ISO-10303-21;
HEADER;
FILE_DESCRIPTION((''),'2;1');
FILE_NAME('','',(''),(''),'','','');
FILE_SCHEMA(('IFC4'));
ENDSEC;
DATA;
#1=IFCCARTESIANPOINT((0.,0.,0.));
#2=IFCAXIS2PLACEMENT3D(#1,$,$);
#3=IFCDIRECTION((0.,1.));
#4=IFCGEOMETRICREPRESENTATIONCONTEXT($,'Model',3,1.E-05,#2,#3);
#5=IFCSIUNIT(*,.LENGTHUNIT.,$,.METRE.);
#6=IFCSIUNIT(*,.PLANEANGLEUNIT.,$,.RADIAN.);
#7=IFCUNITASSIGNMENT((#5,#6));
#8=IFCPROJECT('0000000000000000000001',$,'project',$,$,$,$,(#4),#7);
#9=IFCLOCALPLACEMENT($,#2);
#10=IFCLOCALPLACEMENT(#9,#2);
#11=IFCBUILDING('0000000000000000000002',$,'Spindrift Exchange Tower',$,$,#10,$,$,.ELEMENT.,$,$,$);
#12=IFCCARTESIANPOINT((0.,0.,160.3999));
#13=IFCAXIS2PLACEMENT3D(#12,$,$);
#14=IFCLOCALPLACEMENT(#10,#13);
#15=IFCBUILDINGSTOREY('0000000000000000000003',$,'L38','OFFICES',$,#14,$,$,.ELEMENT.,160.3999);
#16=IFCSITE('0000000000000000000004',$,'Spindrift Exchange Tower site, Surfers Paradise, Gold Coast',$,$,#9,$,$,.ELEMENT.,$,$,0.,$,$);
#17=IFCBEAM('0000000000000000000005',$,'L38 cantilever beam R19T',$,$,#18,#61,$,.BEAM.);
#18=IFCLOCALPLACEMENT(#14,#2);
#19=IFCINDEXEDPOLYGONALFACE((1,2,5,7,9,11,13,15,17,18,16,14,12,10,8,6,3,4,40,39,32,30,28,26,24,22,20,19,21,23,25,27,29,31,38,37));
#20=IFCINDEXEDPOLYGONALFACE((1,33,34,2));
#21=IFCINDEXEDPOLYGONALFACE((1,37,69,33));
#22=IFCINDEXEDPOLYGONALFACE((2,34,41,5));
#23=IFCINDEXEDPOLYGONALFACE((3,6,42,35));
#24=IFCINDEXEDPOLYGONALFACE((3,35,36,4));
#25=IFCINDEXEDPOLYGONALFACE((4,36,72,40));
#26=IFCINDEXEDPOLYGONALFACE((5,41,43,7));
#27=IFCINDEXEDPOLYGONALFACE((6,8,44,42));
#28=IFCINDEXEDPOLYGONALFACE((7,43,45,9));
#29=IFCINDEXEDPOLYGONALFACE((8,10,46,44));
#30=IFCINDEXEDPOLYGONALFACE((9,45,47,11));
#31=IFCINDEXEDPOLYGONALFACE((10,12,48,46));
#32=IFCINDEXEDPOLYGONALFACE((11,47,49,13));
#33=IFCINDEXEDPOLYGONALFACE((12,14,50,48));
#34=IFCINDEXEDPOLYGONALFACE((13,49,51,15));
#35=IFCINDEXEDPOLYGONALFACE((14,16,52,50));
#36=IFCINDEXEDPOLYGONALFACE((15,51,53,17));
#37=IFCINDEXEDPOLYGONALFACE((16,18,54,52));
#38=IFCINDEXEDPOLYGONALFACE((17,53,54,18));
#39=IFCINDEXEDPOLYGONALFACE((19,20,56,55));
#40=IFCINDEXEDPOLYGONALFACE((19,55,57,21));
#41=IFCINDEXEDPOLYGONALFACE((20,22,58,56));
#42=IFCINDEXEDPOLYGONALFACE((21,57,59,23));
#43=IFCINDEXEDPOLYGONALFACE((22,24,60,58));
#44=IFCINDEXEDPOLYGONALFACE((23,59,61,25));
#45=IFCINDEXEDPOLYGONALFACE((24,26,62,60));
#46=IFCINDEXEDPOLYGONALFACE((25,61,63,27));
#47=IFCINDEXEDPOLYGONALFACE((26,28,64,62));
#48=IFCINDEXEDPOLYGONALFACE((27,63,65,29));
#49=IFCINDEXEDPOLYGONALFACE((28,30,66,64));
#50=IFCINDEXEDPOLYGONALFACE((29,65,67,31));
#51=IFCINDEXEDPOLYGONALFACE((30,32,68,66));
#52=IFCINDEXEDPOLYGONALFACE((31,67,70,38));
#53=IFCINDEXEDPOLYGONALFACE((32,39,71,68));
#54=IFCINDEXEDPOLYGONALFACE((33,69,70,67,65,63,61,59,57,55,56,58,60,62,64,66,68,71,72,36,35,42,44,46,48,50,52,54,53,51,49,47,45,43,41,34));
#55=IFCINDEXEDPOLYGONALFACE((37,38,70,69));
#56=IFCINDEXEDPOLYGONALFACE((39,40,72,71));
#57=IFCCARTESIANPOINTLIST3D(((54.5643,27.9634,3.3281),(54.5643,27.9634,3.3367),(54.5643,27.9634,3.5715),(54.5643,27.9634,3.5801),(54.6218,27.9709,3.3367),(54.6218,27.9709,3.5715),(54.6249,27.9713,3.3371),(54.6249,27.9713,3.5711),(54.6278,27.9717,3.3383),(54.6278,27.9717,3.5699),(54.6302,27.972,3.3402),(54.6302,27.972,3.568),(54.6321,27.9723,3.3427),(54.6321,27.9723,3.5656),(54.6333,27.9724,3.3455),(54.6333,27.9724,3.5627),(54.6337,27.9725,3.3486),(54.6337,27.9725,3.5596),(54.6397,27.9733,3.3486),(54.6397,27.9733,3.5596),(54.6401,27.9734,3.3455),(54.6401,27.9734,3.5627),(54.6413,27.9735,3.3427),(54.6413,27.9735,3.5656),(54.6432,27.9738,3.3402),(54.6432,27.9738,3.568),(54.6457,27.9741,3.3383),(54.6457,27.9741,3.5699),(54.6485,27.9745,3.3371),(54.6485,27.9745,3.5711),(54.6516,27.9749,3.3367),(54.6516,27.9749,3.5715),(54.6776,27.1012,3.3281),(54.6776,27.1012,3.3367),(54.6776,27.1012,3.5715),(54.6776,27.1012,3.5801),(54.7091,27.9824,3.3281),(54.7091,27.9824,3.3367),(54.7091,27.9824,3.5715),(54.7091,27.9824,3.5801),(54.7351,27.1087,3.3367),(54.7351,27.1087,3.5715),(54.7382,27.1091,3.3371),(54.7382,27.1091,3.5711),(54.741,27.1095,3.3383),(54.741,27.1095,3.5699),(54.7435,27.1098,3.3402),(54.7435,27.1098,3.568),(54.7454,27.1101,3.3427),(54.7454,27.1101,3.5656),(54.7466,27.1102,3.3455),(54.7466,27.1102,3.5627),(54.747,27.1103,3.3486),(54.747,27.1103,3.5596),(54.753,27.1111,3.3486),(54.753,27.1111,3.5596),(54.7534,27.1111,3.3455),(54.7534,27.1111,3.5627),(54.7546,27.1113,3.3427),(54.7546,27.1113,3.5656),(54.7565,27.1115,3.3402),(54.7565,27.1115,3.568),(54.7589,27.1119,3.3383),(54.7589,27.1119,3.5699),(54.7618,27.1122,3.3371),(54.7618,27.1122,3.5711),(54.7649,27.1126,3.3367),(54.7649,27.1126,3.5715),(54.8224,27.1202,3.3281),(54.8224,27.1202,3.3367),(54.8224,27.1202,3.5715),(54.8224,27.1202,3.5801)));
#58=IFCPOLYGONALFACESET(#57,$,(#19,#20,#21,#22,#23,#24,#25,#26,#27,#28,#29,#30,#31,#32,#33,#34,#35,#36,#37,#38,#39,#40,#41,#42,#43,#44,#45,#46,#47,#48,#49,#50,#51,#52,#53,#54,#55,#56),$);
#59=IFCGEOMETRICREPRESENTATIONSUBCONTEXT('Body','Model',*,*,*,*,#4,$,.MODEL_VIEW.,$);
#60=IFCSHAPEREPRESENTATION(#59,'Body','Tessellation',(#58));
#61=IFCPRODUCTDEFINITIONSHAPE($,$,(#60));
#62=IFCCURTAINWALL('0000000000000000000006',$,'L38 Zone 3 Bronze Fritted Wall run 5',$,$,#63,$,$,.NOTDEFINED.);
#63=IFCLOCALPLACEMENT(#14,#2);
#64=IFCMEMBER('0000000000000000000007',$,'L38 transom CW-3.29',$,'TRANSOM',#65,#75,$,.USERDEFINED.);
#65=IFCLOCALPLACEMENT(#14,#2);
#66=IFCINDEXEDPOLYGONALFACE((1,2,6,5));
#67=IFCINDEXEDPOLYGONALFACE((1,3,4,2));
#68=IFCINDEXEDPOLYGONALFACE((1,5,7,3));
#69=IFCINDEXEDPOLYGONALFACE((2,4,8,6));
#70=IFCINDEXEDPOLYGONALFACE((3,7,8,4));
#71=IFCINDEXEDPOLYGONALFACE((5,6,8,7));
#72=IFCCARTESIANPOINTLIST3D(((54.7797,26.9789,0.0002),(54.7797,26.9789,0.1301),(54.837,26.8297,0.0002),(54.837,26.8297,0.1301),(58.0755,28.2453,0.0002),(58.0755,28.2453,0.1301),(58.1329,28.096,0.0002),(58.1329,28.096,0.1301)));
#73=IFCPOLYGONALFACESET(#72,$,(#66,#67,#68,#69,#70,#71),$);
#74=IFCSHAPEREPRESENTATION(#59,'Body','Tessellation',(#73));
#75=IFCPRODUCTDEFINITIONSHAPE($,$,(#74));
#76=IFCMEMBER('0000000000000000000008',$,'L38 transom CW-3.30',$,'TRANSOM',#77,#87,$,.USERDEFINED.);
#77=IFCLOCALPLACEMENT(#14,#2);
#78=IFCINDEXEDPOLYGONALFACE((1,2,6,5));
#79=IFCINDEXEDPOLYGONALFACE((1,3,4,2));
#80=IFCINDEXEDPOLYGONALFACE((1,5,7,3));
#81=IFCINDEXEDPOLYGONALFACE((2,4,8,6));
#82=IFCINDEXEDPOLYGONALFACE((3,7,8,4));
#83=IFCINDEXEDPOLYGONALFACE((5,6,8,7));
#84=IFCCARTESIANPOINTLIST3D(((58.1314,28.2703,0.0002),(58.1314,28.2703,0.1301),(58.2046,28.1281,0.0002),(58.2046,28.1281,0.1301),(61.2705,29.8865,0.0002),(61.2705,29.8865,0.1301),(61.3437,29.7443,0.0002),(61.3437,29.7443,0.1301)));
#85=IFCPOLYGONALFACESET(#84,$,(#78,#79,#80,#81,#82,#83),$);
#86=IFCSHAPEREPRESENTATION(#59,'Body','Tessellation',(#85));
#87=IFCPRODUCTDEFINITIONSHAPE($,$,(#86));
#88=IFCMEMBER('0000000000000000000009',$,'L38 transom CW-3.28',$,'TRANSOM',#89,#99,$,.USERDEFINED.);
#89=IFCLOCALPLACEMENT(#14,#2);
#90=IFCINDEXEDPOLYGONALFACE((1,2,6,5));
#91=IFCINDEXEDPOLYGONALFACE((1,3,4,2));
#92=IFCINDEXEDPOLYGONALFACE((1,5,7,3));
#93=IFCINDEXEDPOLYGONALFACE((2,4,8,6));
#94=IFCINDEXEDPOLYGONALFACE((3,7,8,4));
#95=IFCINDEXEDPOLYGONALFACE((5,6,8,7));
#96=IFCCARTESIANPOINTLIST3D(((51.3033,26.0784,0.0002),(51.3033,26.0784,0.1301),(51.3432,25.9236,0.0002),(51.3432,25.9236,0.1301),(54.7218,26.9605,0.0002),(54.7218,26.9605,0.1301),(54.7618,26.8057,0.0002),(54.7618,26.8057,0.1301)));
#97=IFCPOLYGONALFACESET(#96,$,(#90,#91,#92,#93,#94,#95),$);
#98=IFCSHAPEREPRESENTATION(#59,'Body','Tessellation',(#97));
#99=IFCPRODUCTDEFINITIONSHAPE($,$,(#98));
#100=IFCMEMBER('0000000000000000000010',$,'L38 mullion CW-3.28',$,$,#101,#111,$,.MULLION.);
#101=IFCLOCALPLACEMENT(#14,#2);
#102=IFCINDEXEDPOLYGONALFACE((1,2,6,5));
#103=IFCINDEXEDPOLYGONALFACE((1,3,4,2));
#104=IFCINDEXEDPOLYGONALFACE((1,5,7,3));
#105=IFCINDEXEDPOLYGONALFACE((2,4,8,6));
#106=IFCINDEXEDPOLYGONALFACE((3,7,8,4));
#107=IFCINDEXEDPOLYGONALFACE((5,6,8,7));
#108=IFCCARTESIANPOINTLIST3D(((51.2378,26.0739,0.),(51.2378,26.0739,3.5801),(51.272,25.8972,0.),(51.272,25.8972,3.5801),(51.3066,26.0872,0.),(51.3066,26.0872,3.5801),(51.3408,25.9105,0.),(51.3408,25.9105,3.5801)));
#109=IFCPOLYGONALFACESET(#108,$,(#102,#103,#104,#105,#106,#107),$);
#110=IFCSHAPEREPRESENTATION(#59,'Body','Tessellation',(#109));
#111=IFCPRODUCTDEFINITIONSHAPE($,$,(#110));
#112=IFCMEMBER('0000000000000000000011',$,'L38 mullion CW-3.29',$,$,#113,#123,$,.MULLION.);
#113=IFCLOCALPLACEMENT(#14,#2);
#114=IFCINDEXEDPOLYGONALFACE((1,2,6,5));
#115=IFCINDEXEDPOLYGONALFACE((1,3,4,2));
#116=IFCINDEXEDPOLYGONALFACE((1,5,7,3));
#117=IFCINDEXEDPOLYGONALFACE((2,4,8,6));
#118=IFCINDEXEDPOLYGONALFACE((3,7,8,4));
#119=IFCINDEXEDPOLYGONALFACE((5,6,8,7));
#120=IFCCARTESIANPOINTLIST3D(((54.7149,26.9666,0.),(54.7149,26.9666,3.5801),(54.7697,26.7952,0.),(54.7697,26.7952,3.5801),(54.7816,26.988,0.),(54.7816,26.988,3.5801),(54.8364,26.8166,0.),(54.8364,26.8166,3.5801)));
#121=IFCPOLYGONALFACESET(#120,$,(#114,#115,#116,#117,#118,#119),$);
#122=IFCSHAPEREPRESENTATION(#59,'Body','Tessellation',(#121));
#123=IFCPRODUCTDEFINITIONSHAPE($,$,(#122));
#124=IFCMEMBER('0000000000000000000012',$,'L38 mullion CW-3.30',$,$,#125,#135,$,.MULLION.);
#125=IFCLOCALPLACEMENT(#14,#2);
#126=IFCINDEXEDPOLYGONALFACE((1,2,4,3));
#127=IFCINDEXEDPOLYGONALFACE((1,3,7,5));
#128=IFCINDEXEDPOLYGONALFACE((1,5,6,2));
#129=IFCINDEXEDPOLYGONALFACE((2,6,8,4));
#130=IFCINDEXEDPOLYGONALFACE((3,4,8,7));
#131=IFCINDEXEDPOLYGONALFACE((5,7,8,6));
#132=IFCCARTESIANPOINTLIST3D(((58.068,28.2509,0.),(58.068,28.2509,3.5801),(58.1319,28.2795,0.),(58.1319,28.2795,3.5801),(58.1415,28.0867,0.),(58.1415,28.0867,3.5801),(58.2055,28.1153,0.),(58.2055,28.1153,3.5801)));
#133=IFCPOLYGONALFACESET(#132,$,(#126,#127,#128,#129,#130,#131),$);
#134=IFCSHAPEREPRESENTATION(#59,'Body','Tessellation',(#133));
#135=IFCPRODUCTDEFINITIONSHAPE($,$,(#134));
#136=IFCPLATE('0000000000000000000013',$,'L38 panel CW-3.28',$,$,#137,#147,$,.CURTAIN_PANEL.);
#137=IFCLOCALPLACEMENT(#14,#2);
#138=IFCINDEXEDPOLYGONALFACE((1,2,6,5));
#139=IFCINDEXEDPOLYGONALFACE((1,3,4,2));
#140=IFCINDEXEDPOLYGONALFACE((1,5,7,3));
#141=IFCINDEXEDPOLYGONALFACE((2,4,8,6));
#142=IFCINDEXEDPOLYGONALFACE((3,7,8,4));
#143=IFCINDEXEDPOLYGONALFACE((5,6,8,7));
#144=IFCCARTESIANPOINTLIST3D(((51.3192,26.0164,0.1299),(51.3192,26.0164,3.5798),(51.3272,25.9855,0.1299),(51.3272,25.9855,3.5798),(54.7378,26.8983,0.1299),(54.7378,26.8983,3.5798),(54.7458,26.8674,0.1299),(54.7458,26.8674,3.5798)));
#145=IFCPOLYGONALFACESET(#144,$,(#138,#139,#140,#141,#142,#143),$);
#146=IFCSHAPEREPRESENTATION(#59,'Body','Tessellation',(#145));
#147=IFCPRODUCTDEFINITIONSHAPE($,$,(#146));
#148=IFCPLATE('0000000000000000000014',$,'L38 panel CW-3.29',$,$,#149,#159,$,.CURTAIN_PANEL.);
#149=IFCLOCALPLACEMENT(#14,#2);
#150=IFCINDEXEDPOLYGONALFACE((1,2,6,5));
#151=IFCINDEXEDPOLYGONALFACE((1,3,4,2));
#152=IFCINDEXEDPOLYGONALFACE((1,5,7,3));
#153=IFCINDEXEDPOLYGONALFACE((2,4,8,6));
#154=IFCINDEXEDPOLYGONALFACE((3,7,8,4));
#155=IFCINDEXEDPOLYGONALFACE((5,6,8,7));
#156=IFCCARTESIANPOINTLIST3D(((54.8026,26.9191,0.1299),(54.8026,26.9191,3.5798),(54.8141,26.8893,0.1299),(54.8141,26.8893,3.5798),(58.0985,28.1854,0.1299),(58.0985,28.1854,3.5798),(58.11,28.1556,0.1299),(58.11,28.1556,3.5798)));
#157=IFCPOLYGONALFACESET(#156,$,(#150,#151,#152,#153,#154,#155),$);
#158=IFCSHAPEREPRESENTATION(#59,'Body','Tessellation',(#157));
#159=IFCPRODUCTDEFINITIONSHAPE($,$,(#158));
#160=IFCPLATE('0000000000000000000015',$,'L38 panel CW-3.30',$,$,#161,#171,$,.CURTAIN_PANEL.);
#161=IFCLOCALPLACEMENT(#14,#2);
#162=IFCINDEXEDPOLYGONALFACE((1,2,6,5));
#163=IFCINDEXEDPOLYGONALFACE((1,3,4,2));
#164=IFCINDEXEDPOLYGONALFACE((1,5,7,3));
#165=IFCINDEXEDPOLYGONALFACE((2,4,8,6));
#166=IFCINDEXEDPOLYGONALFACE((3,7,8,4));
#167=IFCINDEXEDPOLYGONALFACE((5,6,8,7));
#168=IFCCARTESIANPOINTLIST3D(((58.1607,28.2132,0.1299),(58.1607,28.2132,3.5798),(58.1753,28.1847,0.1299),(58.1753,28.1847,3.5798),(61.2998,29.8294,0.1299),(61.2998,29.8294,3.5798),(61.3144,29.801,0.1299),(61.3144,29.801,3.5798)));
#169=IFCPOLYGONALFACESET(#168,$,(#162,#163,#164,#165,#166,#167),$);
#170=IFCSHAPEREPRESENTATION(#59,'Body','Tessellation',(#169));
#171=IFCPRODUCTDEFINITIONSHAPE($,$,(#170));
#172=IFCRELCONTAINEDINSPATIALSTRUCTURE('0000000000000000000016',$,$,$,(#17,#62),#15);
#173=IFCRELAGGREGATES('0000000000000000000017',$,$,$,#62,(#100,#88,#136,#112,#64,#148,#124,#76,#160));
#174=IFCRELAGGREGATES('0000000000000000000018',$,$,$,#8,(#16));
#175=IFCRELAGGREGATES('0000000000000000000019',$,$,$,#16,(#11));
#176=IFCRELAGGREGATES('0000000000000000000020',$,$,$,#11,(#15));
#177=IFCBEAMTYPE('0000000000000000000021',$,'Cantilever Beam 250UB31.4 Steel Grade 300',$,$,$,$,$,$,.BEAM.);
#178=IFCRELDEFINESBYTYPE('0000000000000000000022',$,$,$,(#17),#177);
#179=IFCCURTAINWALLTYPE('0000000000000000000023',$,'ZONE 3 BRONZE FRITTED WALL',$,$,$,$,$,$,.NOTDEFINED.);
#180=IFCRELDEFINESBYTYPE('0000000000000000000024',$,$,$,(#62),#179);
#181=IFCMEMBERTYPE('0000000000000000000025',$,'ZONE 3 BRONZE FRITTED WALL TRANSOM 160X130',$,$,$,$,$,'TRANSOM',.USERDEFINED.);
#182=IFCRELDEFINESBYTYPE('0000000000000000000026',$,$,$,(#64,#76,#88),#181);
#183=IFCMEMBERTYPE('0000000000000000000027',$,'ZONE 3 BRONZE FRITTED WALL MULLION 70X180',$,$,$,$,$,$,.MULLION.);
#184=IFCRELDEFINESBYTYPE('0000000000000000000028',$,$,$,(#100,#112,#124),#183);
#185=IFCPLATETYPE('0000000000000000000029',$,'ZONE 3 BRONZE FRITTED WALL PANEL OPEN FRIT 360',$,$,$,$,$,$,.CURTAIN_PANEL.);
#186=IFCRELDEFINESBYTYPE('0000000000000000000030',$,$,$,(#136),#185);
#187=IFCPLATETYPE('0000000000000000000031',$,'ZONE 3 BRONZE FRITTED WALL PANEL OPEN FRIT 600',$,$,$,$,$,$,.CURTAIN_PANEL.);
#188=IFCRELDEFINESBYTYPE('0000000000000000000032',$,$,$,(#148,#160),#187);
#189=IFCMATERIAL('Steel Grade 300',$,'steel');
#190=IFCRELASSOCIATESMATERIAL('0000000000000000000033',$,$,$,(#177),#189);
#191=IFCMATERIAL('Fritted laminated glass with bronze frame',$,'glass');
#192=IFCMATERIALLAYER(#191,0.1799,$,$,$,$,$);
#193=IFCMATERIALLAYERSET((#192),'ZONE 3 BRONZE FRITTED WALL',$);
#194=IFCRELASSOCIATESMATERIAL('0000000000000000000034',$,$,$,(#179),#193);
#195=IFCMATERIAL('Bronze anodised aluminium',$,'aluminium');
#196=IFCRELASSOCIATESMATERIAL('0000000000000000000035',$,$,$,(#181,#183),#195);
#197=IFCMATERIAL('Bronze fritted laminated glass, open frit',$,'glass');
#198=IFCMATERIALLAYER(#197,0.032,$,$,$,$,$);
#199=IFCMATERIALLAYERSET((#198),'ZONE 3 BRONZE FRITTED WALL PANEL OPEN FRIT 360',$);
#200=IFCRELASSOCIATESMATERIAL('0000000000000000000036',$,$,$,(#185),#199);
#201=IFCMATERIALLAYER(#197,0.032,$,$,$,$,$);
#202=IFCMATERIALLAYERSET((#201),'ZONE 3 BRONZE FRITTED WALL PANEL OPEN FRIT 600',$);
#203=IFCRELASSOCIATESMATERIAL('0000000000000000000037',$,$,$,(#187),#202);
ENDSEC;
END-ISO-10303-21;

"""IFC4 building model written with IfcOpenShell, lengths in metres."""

from ifc_helpers import new_model, si_unit, direction, frame, origin, origin_2d, place, context, subcontext, project, spatial, rectangle, i_section, extrude, source, transform, mapped, material, layer, layer_set, material_profile, profile_set, type_object, element, aggregate, save


model = new_model("IFC4")

# Units and contexts
model_context = context("Model", 3, precision=1e-05, world=origin(), true_north=direction((0.0, 1.0)))
body_context = subcontext(model_context, "Body", "Model", "MODEL_VIEW")
ifc_project = project(units=[si_unit("LENGTHUNIT", "METRE"), si_unit("PLANEANGLEUNIT", "RADIAN")], contexts=[model_context])

# Site, building, storey
site_placement = place(None, origin())
site = spatial("IfcSite", under=ifc_project, at=site_placement, Name="Spindrift Exchange Tower site, Surfers Paradise, Gold Coast", CompositionType="ELEMENT", RefElevation=0.0)
building_placement = place(site_placement, origin())
building = spatial("IfcBuilding", under=site, at=building_placement, Name="Spindrift Exchange Tower", CompositionType="ELEMENT")
storey_placement = place(building_placement, frame((0.0, 0.0, 160.3999)))
storey = spatial("IfcBuildingStorey", under=building, at=storey_placement, Name="L38", Description="OFFICES", CompositionType="ELEMENT", Elevation=160.3999)

# Beam
ifc_material_1 = material(Name="Steel Grade 300", Category="steel")
ifc_material_profile_1 = material_profile(ifc_material_1, i_section(OverallWidth=0.146, OverallDepth=0.252, WebThickness=0.0061, FlangeThickness=0.0085, FilletRadius=0.012, at=origin_2d()), Name="250UB31.4")
ifc_profile_set_1 = profile_set([ifc_material_profile_1], Name="Steel Grade 300")
beam_type_1 = type_object("IfcBeamType", Name="Cantilever Beam 250UB31.4 Steel Grade 300", PredefinedType="BEAM", material=ifc_profile_set_1)
shared_shape_1 = source(origin(), body_context, "Body", "SweptSolid", [
    extrude(i_section(OverallWidth=0.146, OverallDepth=0.252, WebThickness=0.0061, FlangeThickness=0.0085, FilletRadius=0.012, at=origin_2d()), origin(), (0.0, 0.0, 1.0), 0.8696),
])
beam_1_placement = place(storey_placement, frame((54.6367, 27.9729, 3.4541), z_axis=(0.130251, -0.991481, 0.0), x_axis=(0.991481, 0.130251, 0.0)))
element("IfcBeam", 1, at=beam_1_placement, inside=storey, type_object=beam_type_1, Name="L38 cantilever beam R19T", PredefinedType="BEAM", context=body_context, shape_type="MappedRepresentation", body=[
    mapped(shared_shape_1, transform((0.0, 0.0, 0.0), scale=1.0)),
])

# Curtain wall, members, plates
ifc_material_2 = material(Name="Fritted laminated glass with bronze frame", Category="glass")
ifc_layer_1 = layer(ifc_material_2, 0.1799)
ifc_layer_set_1 = layer_set([ifc_layer_1], Name="ZONE 3 BRONZE FRITTED WALL")
curtain_wall_type = type_object("IfcCurtainWallType", Name="ZONE 3 BRONZE FRITTED WALL", PredefinedType="NOTDEFINED", material=ifc_layer_set_1)
curtain_wall_placement = place(storey_placement, origin())
curtain_wall = element("IfcCurtainWall", 2, at=curtain_wall_placement, inside=storey, type_object=curtain_wall_type, Name="L38 Zone 3 Bronze Fritted Wall run 5", PredefinedType="NOTDEFINED")
ifc_material_3 = material(Name="Bronze anodised aluminium", Category="aluminium")
ifc_material_profile_2 = material_profile(ifc_material_3, rectangle(XDim=0.1599, YDim=0.1299, at=origin_2d()), Name="ZONE 3 BRONZE FRITTED WALL TRANSOM 160X130")
ifc_profile_set_2 = profile_set([ifc_material_profile_2], Name="Bronze anodised aluminium")
member_type_1 = type_object("IfcMemberType", Name="ZONE 3 BRONZE FRITTED WALL TRANSOM 160X130", ElementType="TRANSOM", PredefinedType="USERDEFINED", material=ifc_profile_set_2)
shared_shape_2 = source(origin(), body_context, "Body", "SweptSolid", [
    extrude(rectangle(XDim=0.1599, YDim=0.1299, at=origin_2d()), origin(), (0.0, 0.0, 1.0), 3.5308),
])
member_1_placement = place(storey_placement, frame((54.8083, 26.9043, 0.0652), z_axis=(0.933469, 0.358659, 0.0), x_axis=(-0.358659, 0.933469, 0.0)))
member_1 = element("IfcMember", 3, at=member_1_placement, type_object=member_type_1, Name="L38 transom CW-3.29", ObjectType="TRANSOM", PredefinedType="USERDEFINED", context=body_context, shape_type="MappedRepresentation", body=[
    mapped(shared_shape_2, transform((0.0, 0.0, 0.0), scale=1.0)),
])
member_2_placement = place(storey_placement, frame((58.168, 28.1992, 0.0652), z_axis=(0.889082, 0.457748, 0.0), x_axis=(-0.457748, 0.889082, 0.0)))
member_2 = element("IfcMember", 4, at=member_2_placement, type_object=member_type_1, Name="L38 transom CW-3.30", ObjectType="TRANSOM", PredefinedType="USERDEFINED", context=body_context, shape_type="MappedRepresentation", body=[
    mapped(shared_shape_2, transform((0.0, 0.0, 0.0), scale=1.0)),
])
shared_shape_3 = source(origin(), body_context, "Body", "SweptSolid", [
    extrude(rectangle(XDim=0.1599, YDim=0.1299, at=origin_2d()), origin(), (0.0, 0.0, 1.0), 3.5305),
])
member_3_placement = place(storey_placement, frame((51.3232, 26.001, 0.0652), z_axis=(0.968284, 0.249851, 0.0), x_axis=(-0.249851, 0.968284, 0.0)))
member_3 = element("IfcMember", 5, at=member_3_placement, type_object=member_type_1, Name="L38 transom CW-3.28", ObjectType="TRANSOM", PredefinedType="USERDEFINED", context=body_context, shape_type="MappedRepresentation", body=[
    mapped(shared_shape_3, transform((0.0, 0.0, 0.0), scale=1.0)),
])
ifc_material_profile_3 = material_profile(ifc_material_3, rectangle(XDim=0.0701, YDim=0.1799, at=origin_2d()), Name="ZONE 3 BRONZE FRITTED WALL MULLION 70X180")
ifc_profile_set_3 = profile_set([ifc_material_profile_3], Name="Bronze anodised aluminium")
member_type_2 = type_object("IfcMemberType", Name="ZONE 3 BRONZE FRITTED WALL MULLION 70X180", PredefinedType="MULLION", material=ifc_profile_set_3)
shared_shape_4 = source(origin(), body_context, "Body", "SweptSolid", [
    extrude(rectangle(XDim=0.0701, YDim=0.1799, at=origin_2d()), origin(), (0.0, 0.0, 1.0), 3.5801),
])
member_4_placement = place(storey_placement, frame((51.2893, 25.9922, 0.0), z_axis=(0.0, 0.0, 1.0), x_axis=(0.981831, 0.189758, 0.0)))
member_4 = element("IfcMember", 6, at=member_4_placement, type_object=member_type_2, Name="L38 mullion CW-3.28", PredefinedType="MULLION", context=body_context, shape_type="MappedRepresentation", body=[
    mapped(shared_shape_4, transform((0.0, 0.0, 0.0), scale=1.0)),
])
member_5_placement = place(storey_placement, frame((54.7756, 26.8916, 0.0), z_axis=(0.0, 0.0, 1.0), x_axis=(0.952441, 0.304724, 0.0)))
member_5 = element("IfcMember", 7, at=member_5_placement, type_object=member_type_2, Name="L38 mullion CW-3.29", PredefinedType="MULLION", context=body_context, shape_type="MappedRepresentation", body=[
    mapped(shared_shape_4, transform((0.0, 0.0, 0.0), scale=1.0)),
])
member_6_placement = place(storey_placement, frame((58.1367, 28.1831, 0.0), z_axis=(0.0, 0.0, 1.0), x_axis=(0.912619, 0.40881, 0.0)))
member_6 = element("IfcMember", 8, at=member_6_placement, type_object=member_type_2, Name="L38 mullion CW-3.30", PredefinedType="MULLION", context=body_context, shape_type="MappedRepresentation", body=[
    mapped(shared_shape_4, transform((0.0, 0.0, 0.0), scale=1.0)),
])
ifc_material_4 = material(Name="Bronze fritted laminated glass, open frit", Category="glass")
ifc_layer_2 = layer(ifc_material_4, 0.032)
ifc_layer_set_2 = layer_set([ifc_layer_2], Name="ZONE 3 BRONZE FRITTED WALL PANEL OPEN FRIT 360")
plate_type_1 = type_object("IfcPlateType", Name="ZONE 3 BRONZE FRITTED WALL PANEL OPEN FRIT 360", PredefinedType="CURTAIN_PANEL", material=ifc_layer_set_2)
shared_shape_5 = source(origin(), body_context, "Body", "SweptSolid", [
    extrude(rectangle(XDim=3.5305, YDim=0.032, at=origin_2d()), origin(), (0.0, 0.0, 1.0), 3.45),
])
plate_1_placement = place(storey_placement, frame((53.0325, 26.4419, 0.1299), z_axis=(0.0, 0.0, 1.0), x_axis=(0.968299, 0.249795, 0.0)))
plate_1 = element("IfcPlate", 9, at=plate_1_placement, type_object=plate_type_1, Name="L38 panel CW-3.28", PredefinedType="CURTAIN_PANEL", context=body_context, shape_type="MappedRepresentation", body=[
    mapped(shared_shape_5, transform((0.0, 0.0, 0.0), scale=1.0)),
])
ifc_layer_3 = layer(ifc_material_4, 0.032)
ifc_layer_set_3 = layer_set([ifc_layer_3], Name="ZONE 3 BRONZE FRITTED WALL PANEL OPEN FRIT 600")
plate_type_2 = type_object("IfcPlateType", Name="ZONE 3 BRONZE FRITTED WALL PANEL OPEN FRIT 600", PredefinedType="CURTAIN_PANEL", material=ifc_layer_set_3)
shared_shape_6 = source(origin(), body_context, "Body", "SweptSolid", [
    extrude(rectangle(XDim=3.5308, YDim=0.032, at=origin_2d()), origin(), (0.0, 0.0, 1.0), 3.45),
])
plate_2_placement = place(storey_placement, frame((56.4563, 27.5374, 0.1299), z_axis=(0.0, 0.0, 1.0), x_axis=(0.93347, 0.358656, 0.0)))
plate_2 = element("IfcPlate", 10, at=plate_2_placement, type_object=plate_type_2, Name="L38 panel CW-3.29", PredefinedType="CURTAIN_PANEL", context=body_context, shape_type="MappedRepresentation", body=[
    mapped(shared_shape_6, transform((0.0, 0.0, 0.0), scale=1.0)),
])
plate_3_placement = place(storey_placement, frame((59.7375, 29.0071, 0.1299), z_axis=(0.0, 0.0, 1.0), x_axis=(0.889077, 0.457758, 0.0)))
plate_3 = element("IfcPlate", 11, at=plate_3_placement, type_object=plate_type_2, Name="L38 panel CW-3.30", PredefinedType="CURTAIN_PANEL", context=body_context, shape_type="MappedRepresentation", body=[
    mapped(shared_shape_6, transform((0.0, 0.0, 0.0), scale=1.0)),
])
aggregate(curtain_wall, [member_4, member_3, plate_1, member_5, member_1, plate_2, member_6, member_2, plate_3])

save(model, "model.ifc")
